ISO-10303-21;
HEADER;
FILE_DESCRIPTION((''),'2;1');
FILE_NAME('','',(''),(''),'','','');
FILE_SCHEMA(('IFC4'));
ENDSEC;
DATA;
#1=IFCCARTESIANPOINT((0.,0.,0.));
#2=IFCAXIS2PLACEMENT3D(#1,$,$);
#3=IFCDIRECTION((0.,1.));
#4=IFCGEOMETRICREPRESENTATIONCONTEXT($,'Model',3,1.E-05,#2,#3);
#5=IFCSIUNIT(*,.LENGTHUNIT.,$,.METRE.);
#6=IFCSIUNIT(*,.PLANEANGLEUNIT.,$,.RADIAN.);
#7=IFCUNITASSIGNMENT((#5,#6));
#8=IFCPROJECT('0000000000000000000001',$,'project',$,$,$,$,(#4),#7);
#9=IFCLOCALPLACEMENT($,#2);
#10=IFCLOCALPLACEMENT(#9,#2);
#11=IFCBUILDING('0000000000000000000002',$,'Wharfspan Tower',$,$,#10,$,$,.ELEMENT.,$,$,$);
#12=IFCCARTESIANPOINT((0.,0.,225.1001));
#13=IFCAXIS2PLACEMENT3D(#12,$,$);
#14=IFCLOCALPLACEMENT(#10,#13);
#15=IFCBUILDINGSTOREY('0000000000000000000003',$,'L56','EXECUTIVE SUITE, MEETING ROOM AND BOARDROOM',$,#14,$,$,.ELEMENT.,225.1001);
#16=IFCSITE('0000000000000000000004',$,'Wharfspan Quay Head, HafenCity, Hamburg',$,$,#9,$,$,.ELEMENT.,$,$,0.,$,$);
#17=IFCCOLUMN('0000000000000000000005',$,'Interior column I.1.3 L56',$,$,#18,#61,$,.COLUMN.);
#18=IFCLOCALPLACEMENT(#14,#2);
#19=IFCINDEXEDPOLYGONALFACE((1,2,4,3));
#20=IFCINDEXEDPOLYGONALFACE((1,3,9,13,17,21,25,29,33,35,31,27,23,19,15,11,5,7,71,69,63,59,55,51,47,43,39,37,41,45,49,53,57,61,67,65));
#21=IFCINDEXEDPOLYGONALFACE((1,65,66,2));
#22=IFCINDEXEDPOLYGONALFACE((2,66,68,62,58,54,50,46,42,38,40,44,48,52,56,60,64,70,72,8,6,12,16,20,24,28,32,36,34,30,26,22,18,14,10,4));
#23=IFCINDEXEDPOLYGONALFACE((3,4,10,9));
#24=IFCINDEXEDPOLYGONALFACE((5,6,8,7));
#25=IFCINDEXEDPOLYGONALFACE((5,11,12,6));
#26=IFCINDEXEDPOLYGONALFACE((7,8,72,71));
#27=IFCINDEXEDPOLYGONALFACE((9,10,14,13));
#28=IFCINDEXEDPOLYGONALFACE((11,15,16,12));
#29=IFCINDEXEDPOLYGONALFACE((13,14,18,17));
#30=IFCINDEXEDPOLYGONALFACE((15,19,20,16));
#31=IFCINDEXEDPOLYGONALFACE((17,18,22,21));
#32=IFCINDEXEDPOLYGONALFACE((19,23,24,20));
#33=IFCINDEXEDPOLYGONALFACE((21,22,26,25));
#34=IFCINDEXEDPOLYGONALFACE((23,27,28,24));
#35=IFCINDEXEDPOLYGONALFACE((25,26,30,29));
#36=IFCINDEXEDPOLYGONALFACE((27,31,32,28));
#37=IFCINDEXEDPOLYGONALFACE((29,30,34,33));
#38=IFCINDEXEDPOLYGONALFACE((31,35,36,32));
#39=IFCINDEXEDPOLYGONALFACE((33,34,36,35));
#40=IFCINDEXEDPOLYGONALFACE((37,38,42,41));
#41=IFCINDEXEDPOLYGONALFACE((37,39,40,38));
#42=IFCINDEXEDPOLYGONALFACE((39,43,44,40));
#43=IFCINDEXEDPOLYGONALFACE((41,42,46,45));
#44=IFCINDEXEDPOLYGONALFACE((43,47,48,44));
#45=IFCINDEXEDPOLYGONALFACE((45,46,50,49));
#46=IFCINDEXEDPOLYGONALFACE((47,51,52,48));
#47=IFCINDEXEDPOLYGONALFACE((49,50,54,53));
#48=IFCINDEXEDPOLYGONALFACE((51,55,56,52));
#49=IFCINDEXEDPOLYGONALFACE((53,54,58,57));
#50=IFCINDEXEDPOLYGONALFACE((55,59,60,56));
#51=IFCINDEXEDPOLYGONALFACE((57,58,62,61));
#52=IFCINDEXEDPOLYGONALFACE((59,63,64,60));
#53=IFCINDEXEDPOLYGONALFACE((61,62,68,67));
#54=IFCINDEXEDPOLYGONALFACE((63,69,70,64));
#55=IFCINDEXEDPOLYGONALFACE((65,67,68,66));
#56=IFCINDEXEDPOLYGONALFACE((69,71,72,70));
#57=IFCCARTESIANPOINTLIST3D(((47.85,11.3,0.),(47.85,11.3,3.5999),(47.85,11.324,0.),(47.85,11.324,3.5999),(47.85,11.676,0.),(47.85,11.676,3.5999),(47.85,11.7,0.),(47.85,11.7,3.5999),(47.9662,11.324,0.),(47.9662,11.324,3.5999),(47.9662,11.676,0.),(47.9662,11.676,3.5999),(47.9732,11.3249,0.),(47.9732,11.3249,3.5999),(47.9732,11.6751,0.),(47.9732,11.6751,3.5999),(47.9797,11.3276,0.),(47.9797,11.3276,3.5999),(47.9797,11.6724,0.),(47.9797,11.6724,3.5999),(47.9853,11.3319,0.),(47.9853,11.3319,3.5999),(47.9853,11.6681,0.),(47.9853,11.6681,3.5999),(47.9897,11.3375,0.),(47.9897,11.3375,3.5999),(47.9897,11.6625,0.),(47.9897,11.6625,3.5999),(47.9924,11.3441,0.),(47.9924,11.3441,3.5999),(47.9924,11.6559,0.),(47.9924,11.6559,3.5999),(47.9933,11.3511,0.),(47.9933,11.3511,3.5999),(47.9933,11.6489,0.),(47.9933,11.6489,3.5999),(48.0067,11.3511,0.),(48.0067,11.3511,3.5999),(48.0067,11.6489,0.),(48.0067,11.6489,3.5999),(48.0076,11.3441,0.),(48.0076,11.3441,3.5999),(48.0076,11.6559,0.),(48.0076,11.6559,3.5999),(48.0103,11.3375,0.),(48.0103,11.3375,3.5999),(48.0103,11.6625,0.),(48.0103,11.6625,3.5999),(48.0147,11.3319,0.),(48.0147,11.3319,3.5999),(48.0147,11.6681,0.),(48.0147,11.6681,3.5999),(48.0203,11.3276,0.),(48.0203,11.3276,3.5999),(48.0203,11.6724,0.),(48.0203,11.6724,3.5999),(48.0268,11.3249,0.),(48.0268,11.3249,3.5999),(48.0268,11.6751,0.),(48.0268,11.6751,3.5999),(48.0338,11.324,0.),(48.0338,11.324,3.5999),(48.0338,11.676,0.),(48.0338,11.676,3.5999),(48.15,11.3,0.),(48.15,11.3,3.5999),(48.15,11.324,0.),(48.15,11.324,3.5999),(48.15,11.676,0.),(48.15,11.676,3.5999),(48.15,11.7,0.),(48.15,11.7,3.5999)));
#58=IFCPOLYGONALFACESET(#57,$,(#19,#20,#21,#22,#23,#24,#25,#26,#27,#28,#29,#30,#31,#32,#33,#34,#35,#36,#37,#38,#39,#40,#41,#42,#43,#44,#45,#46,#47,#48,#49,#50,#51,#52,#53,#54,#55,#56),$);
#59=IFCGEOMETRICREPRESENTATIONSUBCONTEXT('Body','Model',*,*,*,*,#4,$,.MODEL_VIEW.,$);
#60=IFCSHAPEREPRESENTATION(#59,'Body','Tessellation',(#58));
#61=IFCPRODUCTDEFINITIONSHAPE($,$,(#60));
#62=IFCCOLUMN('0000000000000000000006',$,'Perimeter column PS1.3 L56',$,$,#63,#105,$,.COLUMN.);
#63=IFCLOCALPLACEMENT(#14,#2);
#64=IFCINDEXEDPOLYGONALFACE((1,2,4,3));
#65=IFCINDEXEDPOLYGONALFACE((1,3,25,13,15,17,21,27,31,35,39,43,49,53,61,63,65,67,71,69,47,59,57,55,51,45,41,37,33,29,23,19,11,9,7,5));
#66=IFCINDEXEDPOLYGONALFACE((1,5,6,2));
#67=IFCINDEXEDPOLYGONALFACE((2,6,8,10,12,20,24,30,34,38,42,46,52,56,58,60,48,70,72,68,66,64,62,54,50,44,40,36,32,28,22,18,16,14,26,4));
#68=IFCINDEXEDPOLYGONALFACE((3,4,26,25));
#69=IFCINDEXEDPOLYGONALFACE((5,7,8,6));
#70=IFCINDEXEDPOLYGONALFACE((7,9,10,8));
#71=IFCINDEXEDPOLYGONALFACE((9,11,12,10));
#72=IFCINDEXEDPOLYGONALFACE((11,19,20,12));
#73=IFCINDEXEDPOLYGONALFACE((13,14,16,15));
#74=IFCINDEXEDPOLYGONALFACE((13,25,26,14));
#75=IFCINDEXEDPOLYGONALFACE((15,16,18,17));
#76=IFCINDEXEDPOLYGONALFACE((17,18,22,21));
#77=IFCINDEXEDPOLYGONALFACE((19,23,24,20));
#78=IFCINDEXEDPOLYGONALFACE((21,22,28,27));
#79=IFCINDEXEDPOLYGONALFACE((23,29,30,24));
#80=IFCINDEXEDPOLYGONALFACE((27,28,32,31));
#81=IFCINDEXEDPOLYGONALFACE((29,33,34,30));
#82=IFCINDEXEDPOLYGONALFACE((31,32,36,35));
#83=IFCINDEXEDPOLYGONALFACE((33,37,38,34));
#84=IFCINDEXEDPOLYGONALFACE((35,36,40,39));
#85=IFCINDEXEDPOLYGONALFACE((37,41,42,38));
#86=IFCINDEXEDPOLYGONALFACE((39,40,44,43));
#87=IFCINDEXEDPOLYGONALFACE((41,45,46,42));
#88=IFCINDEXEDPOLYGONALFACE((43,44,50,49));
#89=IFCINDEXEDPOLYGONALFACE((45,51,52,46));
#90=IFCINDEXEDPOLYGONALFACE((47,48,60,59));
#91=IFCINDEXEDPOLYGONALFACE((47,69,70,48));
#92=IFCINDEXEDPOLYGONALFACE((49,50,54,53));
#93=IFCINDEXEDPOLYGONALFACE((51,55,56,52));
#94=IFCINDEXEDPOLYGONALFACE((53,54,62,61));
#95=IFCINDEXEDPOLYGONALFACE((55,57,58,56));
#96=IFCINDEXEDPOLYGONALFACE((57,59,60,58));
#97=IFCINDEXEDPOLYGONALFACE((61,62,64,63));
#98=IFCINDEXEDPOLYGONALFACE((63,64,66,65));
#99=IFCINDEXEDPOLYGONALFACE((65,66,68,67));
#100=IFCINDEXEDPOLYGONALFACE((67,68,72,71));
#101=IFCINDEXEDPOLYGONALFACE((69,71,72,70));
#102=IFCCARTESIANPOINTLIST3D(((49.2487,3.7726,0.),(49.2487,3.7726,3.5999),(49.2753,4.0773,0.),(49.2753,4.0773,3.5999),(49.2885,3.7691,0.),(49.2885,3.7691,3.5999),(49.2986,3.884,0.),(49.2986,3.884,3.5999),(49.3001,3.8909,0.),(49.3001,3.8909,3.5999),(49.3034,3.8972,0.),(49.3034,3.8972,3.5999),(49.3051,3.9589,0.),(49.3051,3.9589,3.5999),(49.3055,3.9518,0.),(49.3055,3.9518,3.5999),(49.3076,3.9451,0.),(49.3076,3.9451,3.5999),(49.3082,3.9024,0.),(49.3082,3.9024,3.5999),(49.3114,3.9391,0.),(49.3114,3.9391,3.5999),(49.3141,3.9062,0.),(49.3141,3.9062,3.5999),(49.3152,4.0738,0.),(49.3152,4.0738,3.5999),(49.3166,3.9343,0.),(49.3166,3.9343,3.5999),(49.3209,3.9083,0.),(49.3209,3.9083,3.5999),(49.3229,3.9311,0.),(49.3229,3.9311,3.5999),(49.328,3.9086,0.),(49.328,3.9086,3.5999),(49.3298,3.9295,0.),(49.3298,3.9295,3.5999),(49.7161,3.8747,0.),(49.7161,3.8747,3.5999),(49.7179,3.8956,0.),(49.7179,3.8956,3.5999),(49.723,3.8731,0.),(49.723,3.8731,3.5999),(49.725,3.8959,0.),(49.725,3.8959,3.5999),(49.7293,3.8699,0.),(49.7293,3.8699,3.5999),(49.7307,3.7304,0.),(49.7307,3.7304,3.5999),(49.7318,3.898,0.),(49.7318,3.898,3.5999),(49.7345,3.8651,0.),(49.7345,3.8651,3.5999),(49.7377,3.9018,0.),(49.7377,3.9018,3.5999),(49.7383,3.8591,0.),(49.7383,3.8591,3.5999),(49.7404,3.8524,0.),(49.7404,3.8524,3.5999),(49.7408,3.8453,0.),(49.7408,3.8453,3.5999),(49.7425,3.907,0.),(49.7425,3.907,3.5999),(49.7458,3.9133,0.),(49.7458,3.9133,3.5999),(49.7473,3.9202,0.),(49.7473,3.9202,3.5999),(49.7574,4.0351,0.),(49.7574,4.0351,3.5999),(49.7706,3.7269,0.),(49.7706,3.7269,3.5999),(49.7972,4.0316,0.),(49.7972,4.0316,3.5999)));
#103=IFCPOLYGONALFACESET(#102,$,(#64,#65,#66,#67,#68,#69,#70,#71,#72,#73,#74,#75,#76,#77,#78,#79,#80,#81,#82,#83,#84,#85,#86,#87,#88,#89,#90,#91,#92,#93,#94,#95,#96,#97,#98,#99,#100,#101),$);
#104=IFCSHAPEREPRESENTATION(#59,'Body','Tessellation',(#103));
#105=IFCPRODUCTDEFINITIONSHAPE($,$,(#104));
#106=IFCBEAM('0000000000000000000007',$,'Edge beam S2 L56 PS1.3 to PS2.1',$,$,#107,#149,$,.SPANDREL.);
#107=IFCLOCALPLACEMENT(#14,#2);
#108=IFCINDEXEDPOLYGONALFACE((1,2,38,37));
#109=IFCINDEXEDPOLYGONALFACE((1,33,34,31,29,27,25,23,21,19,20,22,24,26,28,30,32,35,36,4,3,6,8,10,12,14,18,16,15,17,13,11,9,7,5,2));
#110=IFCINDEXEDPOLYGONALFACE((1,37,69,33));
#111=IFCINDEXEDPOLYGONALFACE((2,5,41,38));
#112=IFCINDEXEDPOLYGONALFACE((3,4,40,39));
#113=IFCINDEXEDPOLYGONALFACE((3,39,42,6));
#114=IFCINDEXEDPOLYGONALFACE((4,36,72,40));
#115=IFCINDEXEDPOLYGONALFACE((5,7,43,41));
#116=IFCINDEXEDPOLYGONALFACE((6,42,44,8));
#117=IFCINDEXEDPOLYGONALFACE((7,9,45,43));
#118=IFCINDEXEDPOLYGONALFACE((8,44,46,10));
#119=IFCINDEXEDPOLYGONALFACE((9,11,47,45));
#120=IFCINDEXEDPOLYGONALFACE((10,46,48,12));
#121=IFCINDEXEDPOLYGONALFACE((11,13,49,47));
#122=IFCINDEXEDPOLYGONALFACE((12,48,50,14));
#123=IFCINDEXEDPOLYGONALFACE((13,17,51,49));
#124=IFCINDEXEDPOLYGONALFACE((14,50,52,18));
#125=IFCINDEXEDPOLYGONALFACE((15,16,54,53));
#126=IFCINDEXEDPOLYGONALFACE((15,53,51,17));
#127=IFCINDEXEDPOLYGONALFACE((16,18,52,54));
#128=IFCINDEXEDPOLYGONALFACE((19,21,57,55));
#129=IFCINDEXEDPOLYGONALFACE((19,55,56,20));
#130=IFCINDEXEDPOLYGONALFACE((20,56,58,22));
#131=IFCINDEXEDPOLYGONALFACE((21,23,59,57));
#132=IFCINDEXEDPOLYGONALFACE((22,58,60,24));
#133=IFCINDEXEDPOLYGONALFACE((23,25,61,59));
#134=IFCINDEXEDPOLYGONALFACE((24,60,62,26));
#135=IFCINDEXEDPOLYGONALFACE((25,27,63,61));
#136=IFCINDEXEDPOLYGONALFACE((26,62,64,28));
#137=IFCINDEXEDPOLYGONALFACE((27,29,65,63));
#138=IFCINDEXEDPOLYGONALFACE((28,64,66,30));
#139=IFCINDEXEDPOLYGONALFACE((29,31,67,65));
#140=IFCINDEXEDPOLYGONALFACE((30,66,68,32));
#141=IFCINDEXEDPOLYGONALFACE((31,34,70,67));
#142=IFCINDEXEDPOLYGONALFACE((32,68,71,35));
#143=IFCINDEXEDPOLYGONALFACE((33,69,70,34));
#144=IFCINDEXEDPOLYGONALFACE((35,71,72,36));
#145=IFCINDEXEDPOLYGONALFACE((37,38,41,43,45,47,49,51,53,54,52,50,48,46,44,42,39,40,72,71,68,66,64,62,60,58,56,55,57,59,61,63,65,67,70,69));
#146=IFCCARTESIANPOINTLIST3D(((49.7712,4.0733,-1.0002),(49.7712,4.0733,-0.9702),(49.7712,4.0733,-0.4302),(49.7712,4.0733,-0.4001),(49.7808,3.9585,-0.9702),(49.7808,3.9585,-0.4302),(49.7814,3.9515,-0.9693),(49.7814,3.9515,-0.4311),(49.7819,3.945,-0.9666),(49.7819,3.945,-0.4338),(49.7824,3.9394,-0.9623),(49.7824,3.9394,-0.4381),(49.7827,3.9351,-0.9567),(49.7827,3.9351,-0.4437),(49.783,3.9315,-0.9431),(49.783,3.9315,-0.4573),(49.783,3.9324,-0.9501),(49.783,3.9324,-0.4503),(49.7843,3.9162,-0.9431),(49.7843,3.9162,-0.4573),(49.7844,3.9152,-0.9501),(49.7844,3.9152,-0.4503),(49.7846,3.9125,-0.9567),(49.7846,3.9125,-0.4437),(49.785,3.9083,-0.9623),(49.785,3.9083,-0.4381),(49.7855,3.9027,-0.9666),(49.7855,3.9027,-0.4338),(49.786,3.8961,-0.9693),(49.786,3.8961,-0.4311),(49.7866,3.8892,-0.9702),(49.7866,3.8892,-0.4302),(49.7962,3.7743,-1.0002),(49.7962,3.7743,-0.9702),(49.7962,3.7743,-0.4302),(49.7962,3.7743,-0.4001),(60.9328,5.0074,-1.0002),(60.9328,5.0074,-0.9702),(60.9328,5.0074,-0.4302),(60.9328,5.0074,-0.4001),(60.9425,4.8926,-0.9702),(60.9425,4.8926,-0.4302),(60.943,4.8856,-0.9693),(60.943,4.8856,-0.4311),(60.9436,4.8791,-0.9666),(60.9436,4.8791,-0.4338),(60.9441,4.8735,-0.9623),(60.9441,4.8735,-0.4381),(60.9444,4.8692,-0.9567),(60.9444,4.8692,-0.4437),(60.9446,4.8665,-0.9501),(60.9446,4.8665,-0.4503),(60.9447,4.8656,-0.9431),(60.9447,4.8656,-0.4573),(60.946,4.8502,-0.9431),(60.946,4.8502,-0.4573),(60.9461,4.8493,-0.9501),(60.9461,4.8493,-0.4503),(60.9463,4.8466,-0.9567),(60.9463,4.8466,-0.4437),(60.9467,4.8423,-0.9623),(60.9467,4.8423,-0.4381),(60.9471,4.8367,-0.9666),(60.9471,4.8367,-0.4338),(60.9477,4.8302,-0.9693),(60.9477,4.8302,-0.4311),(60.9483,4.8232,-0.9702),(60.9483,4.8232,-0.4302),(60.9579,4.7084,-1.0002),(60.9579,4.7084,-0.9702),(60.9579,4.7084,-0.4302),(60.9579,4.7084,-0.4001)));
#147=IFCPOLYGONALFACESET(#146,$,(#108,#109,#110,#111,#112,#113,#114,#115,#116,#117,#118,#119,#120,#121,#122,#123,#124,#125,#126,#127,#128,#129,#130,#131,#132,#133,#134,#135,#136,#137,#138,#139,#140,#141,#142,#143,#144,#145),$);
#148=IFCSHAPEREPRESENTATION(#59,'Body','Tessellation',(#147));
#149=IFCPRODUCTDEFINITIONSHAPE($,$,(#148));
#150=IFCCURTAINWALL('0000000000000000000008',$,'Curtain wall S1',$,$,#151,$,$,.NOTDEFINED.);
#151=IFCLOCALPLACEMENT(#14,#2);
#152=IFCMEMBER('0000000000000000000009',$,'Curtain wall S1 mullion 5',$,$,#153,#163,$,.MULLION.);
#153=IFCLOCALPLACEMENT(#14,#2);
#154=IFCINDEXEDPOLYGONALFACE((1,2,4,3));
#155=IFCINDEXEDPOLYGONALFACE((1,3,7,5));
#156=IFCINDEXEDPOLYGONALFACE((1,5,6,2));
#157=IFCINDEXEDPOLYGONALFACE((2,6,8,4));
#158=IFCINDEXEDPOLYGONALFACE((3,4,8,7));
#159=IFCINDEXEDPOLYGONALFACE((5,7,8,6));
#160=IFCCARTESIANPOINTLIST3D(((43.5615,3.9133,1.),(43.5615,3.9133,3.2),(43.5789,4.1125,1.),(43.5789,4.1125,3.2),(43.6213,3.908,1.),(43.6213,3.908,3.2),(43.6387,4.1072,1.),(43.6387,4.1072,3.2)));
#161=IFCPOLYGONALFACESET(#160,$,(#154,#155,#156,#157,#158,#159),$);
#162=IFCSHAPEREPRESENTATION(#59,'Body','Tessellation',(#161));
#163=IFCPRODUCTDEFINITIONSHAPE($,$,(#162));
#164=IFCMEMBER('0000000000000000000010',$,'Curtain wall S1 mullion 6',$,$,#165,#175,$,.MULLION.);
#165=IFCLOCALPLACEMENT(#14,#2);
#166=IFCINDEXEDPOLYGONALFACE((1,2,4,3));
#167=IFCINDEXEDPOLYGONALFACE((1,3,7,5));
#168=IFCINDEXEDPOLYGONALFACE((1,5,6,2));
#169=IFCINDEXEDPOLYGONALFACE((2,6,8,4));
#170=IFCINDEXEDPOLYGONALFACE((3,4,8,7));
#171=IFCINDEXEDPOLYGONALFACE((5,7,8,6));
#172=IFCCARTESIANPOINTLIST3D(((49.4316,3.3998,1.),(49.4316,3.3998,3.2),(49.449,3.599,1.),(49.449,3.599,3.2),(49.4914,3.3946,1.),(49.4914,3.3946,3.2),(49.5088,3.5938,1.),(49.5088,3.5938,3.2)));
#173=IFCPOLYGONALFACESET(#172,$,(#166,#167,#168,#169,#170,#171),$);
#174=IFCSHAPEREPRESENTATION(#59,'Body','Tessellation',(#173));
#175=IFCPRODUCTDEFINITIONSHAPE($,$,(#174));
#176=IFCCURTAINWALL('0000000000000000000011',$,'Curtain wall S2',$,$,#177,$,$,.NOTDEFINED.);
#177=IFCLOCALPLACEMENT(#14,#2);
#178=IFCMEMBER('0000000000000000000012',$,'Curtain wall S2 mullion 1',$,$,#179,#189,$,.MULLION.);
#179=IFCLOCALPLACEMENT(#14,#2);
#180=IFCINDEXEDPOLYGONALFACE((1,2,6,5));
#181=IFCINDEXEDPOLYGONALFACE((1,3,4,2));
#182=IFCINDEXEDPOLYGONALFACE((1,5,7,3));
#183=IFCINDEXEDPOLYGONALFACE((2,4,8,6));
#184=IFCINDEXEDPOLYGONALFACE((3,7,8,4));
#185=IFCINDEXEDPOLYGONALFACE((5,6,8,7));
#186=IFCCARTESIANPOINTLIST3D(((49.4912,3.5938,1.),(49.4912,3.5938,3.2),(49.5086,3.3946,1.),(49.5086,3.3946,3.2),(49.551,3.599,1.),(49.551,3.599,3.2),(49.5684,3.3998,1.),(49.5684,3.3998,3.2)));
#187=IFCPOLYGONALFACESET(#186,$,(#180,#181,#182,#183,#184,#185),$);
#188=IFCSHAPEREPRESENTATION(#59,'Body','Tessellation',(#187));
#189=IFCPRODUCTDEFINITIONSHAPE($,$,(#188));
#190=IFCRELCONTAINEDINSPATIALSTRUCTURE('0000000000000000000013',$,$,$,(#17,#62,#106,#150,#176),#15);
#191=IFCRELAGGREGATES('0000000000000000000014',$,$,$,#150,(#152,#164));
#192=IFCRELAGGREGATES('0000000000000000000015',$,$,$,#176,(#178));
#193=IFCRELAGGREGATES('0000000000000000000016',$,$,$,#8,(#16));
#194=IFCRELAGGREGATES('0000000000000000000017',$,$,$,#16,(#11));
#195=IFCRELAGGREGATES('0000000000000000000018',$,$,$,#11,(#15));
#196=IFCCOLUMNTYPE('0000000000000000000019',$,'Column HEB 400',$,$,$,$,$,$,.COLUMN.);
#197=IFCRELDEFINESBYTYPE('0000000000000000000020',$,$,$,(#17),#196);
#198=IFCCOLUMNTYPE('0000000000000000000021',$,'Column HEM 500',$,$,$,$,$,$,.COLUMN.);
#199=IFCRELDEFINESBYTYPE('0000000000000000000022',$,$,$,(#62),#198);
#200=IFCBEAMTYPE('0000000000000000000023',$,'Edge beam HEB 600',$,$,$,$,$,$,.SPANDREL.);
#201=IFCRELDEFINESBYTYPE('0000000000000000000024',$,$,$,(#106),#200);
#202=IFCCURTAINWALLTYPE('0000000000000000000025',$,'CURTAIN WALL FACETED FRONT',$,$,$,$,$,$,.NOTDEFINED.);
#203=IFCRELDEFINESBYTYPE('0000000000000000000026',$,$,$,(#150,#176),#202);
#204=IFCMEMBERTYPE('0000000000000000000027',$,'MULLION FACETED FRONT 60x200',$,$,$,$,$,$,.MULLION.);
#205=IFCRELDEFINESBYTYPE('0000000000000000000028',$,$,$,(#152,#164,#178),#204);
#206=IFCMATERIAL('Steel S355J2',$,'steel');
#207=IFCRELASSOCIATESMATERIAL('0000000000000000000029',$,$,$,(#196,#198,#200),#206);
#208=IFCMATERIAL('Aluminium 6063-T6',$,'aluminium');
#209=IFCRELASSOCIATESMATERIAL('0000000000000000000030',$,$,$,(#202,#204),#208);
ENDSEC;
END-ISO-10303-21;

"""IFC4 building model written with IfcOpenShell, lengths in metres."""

from ifc_helpers import new_model, si_unit, direction, frame, origin, origin_2d, place, context, subcontext, project, spatial, rectangle, i_section, extrude, material, material_profile, profile_set, type_object, element, aggregate, save


model = new_model("IFC4")

# Units and contexts
model_context = context("Model", 3, precision=1e-05, world=origin(), true_north=direction((0.0, 1.0)))
body_context = subcontext(model_context, "Body", "Model", "MODEL_VIEW")
ifc_project = project(units=[si_unit("LENGTHUNIT", "METRE"), si_unit("PLANEANGLEUNIT", "RADIAN")], contexts=[model_context])

# Site, building, storey
site_placement = place(None, origin())
site = spatial("IfcSite", under=ifc_project, at=site_placement, Name="Wharfspan Quay Head, HafenCity, Hamburg", CompositionType="ELEMENT", RefElevation=0.0)
building_placement = place(site_placement, origin())
building = spatial("IfcBuilding", under=site, at=building_placement, Name="Wharfspan Tower", CompositionType="ELEMENT")
storey_placement = place(building_placement, frame((0.0, 0.0, 225.1001)))
storey = spatial("IfcBuildingStorey", under=building, at=storey_placement, Name="L56", Description="EXECUTIVE SUITE, MEETING ROOM AND BOARDROOM", CompositionType="ELEMENT", Elevation=225.1001)

# Columns
ifc_material_1 = material(Name="Steel S355J2", Category="steel")
ifc_material_profile_1 = material_profile(ifc_material_1, i_section(OverallWidth=0.3, OverallDepth=0.3999, WebThickness=0.0134, FlangeThickness=0.0239, FilletRadius=0.0271, at=origin_2d()))
ifc_profile_set_1 = profile_set([ifc_material_profile_1], Name="Steel S355J2")
column_type_1 = type_object("IfcColumnType", Name="Column HEB 400", PredefinedType="COLUMN", material=ifc_profile_set_1)
column_1_placement = place(storey_placement, frame((48.0, 11.5, 0.0), z_axis=(0.0, 0.0, 1.0), x_axis=(1.0, 0.0, 0.0)))
element("IfcColumn", 1, at=column_1_placement, inside=storey, type_object=column_type_1, Name="Interior column I.1.3 L56", PredefinedType="COLUMN", context=body_context, shape_type="SweptSolid", body=[
    extrude(i_section(OverallWidth=0.3, OverallDepth=0.3999, WebThickness=0.0134, FlangeThickness=0.0239, FilletRadius=0.0271, at=origin_2d()), origin(), (0.0, 0.0, 1.0), 3.5999),
])
ifc_material_profile_2 = material_profile(ifc_material_1, i_section(OverallWidth=0.3059, OverallDepth=0.5239, WebThickness=0.021, FlangeThickness=0.04, FilletRadius=0.0271, at=origin_2d()))
ifc_profile_set_2 = profile_set([ifc_material_profile_2], Name="Steel S355J2")
column_type_2 = type_object("IfcColumnType", Name="Column HEM 500", PredefinedType="COLUMN", material=ifc_profile_set_2)
column_2_placement = place(storey_placement, frame((49.5229, 3.9021, 0.0), z_axis=(0.0, 0.0, 1.0), x_axis=(-0.087156, -0.996197, 0.0)))
element("IfcColumn", 2, at=column_2_placement, inside=storey, type_object=column_type_2, Name="Perimeter column PS1.3 L56", PredefinedType="COLUMN", context=body_context, shape_type="SweptSolid", body=[
    extrude(i_section(OverallWidth=0.3059, OverallDepth=0.5239, WebThickness=0.021, FlangeThickness=0.04, FilletRadius=0.0271, at=origin_2d()), origin(), (0.0, 0.0, 1.0), 3.5999),
])

# Beam
ifc_material_profile_3 = material_profile(ifc_material_1, i_section(OverallWidth=0.3, OverallDepth=0.6001, WebThickness=0.0154, FlangeThickness=0.03, FilletRadius=0.0271, at=origin_2d()))
ifc_profile_set_3 = profile_set([ifc_material_profile_3], Name="Steel S355J2")
beam_type = type_object("IfcBeamType", Name="Edge beam HEB 600", PredefinedType="SPANDREL", material=ifc_profile_set_3)
beam_placement = place(storey_placement, frame((49.7837, 3.9238, -0.7002), z_axis=(0.996517, 0.083395, 0.0), x_axis=(-0.083395, 0.996517, 0.0)))
element("IfcBeam", 3, at=beam_placement, inside=storey, type_object=beam_type, Name="Edge beam S2 L56 PS1.3 to PS2.1", PredefinedType="SPANDREL", context=body_context, shape_type="SweptSolid", body=[
    extrude(i_section(OverallWidth=0.3, OverallDepth=0.6001, WebThickness=0.0154, FlangeThickness=0.03, FilletRadius=0.0271, at=origin_2d()), origin(), (0.0, 0.0, 1.0), 11.2007),
])

# Curtain wall, members
ifc_material_2 = material(Name="Aluminium 6063-T6", Category="aluminium")
curtain_wall_type = type_object("IfcCurtainWallType", Name="CURTAIN WALL FACETED FRONT", PredefinedType="NOTDEFINED", material=ifc_material_2)
curtain_wall_1_placement = place(storey_placement, origin())
curtain_wall_1 = element("IfcCurtainWall", 4, at=curtain_wall_1_placement, inside=storey, type_object=curtain_wall_type, Name="Curtain wall S1", PredefinedType="NOTDEFINED")
ifc_material_profile_4 = material_profile(ifc_material_2, rectangle(XDim=0.2, YDim=0.0601, at=origin_2d()))
ifc_profile_set_4 = profile_set([ifc_material_profile_4], Name="Aluminium 6063-T6")
member_type_1 = type_object("IfcMemberType", Name="MULLION FACETED FRONT 60x200", PredefinedType="MULLION", material=ifc_profile_set_4)
member_1_placement = place(storey_placement, frame((43.6001, 4.0103, 1.0), z_axis=(0.0, 0.0, 1.0), x_axis=(0.087156, 0.996197, 0.0)))
member_1 = element("IfcMember", 5, at=member_1_placement, type_object=member_type_1, Name="Curtain wall S1 mullion 5", PredefinedType="MULLION", context=body_context, shape_type="SweptSolid", body=[
    extrude(rectangle(XDim=0.2, YDim=0.0601, at=origin_2d()), origin(), (0.0, 0.0, 1.0), 2.2),
])
member_2_placement = place(storey_placement, frame((49.4702, 3.4968, 1.0), z_axis=(0.0, 0.0, 1.0), x_axis=(0.087156, 0.996197, 0.0)))
member_2 = element("IfcMember", 6, at=member_2_placement, type_object=member_type_1, Name="Curtain wall S1 mullion 6", PredefinedType="MULLION", context=body_context, shape_type="SweptSolid", body=[
    extrude(rectangle(XDim=0.2, YDim=0.0601, at=origin_2d()), origin(), (0.0, 0.0, 1.0), 2.2),
])

# Curtain wall, member
curtain_wall_2_placement = place(storey_placement, origin())
curtain_wall_2 = element("IfcCurtainWall", 7, at=curtain_wall_2_placement, inside=storey, type_object=curtain_wall_type, Name="Curtain wall S2", PredefinedType="NOTDEFINED")
member_3_placement = place(storey_placement, frame((49.5298, 3.4968, 1.0), z_axis=(0.0, 0.0, 1.0), x_axis=(-0.087156, 0.996197, 0.0)))
member_3 = element("IfcMember", 8, at=member_3_placement, type_object=member_type_1, Name="Curtain wall S2 mullion 1", PredefinedType="MULLION", context=body_context, shape_type="SweptSolid", body=[
    extrude(rectangle(XDim=0.2, YDim=0.0601, at=origin_2d()), origin(), (0.0, 0.0, 1.0), 2.2),
])

aggregate(curtain_wall_1, [member_1, member_2])
aggregate(curtain_wall_2, [member_3])

save(model, "model.ifc")
